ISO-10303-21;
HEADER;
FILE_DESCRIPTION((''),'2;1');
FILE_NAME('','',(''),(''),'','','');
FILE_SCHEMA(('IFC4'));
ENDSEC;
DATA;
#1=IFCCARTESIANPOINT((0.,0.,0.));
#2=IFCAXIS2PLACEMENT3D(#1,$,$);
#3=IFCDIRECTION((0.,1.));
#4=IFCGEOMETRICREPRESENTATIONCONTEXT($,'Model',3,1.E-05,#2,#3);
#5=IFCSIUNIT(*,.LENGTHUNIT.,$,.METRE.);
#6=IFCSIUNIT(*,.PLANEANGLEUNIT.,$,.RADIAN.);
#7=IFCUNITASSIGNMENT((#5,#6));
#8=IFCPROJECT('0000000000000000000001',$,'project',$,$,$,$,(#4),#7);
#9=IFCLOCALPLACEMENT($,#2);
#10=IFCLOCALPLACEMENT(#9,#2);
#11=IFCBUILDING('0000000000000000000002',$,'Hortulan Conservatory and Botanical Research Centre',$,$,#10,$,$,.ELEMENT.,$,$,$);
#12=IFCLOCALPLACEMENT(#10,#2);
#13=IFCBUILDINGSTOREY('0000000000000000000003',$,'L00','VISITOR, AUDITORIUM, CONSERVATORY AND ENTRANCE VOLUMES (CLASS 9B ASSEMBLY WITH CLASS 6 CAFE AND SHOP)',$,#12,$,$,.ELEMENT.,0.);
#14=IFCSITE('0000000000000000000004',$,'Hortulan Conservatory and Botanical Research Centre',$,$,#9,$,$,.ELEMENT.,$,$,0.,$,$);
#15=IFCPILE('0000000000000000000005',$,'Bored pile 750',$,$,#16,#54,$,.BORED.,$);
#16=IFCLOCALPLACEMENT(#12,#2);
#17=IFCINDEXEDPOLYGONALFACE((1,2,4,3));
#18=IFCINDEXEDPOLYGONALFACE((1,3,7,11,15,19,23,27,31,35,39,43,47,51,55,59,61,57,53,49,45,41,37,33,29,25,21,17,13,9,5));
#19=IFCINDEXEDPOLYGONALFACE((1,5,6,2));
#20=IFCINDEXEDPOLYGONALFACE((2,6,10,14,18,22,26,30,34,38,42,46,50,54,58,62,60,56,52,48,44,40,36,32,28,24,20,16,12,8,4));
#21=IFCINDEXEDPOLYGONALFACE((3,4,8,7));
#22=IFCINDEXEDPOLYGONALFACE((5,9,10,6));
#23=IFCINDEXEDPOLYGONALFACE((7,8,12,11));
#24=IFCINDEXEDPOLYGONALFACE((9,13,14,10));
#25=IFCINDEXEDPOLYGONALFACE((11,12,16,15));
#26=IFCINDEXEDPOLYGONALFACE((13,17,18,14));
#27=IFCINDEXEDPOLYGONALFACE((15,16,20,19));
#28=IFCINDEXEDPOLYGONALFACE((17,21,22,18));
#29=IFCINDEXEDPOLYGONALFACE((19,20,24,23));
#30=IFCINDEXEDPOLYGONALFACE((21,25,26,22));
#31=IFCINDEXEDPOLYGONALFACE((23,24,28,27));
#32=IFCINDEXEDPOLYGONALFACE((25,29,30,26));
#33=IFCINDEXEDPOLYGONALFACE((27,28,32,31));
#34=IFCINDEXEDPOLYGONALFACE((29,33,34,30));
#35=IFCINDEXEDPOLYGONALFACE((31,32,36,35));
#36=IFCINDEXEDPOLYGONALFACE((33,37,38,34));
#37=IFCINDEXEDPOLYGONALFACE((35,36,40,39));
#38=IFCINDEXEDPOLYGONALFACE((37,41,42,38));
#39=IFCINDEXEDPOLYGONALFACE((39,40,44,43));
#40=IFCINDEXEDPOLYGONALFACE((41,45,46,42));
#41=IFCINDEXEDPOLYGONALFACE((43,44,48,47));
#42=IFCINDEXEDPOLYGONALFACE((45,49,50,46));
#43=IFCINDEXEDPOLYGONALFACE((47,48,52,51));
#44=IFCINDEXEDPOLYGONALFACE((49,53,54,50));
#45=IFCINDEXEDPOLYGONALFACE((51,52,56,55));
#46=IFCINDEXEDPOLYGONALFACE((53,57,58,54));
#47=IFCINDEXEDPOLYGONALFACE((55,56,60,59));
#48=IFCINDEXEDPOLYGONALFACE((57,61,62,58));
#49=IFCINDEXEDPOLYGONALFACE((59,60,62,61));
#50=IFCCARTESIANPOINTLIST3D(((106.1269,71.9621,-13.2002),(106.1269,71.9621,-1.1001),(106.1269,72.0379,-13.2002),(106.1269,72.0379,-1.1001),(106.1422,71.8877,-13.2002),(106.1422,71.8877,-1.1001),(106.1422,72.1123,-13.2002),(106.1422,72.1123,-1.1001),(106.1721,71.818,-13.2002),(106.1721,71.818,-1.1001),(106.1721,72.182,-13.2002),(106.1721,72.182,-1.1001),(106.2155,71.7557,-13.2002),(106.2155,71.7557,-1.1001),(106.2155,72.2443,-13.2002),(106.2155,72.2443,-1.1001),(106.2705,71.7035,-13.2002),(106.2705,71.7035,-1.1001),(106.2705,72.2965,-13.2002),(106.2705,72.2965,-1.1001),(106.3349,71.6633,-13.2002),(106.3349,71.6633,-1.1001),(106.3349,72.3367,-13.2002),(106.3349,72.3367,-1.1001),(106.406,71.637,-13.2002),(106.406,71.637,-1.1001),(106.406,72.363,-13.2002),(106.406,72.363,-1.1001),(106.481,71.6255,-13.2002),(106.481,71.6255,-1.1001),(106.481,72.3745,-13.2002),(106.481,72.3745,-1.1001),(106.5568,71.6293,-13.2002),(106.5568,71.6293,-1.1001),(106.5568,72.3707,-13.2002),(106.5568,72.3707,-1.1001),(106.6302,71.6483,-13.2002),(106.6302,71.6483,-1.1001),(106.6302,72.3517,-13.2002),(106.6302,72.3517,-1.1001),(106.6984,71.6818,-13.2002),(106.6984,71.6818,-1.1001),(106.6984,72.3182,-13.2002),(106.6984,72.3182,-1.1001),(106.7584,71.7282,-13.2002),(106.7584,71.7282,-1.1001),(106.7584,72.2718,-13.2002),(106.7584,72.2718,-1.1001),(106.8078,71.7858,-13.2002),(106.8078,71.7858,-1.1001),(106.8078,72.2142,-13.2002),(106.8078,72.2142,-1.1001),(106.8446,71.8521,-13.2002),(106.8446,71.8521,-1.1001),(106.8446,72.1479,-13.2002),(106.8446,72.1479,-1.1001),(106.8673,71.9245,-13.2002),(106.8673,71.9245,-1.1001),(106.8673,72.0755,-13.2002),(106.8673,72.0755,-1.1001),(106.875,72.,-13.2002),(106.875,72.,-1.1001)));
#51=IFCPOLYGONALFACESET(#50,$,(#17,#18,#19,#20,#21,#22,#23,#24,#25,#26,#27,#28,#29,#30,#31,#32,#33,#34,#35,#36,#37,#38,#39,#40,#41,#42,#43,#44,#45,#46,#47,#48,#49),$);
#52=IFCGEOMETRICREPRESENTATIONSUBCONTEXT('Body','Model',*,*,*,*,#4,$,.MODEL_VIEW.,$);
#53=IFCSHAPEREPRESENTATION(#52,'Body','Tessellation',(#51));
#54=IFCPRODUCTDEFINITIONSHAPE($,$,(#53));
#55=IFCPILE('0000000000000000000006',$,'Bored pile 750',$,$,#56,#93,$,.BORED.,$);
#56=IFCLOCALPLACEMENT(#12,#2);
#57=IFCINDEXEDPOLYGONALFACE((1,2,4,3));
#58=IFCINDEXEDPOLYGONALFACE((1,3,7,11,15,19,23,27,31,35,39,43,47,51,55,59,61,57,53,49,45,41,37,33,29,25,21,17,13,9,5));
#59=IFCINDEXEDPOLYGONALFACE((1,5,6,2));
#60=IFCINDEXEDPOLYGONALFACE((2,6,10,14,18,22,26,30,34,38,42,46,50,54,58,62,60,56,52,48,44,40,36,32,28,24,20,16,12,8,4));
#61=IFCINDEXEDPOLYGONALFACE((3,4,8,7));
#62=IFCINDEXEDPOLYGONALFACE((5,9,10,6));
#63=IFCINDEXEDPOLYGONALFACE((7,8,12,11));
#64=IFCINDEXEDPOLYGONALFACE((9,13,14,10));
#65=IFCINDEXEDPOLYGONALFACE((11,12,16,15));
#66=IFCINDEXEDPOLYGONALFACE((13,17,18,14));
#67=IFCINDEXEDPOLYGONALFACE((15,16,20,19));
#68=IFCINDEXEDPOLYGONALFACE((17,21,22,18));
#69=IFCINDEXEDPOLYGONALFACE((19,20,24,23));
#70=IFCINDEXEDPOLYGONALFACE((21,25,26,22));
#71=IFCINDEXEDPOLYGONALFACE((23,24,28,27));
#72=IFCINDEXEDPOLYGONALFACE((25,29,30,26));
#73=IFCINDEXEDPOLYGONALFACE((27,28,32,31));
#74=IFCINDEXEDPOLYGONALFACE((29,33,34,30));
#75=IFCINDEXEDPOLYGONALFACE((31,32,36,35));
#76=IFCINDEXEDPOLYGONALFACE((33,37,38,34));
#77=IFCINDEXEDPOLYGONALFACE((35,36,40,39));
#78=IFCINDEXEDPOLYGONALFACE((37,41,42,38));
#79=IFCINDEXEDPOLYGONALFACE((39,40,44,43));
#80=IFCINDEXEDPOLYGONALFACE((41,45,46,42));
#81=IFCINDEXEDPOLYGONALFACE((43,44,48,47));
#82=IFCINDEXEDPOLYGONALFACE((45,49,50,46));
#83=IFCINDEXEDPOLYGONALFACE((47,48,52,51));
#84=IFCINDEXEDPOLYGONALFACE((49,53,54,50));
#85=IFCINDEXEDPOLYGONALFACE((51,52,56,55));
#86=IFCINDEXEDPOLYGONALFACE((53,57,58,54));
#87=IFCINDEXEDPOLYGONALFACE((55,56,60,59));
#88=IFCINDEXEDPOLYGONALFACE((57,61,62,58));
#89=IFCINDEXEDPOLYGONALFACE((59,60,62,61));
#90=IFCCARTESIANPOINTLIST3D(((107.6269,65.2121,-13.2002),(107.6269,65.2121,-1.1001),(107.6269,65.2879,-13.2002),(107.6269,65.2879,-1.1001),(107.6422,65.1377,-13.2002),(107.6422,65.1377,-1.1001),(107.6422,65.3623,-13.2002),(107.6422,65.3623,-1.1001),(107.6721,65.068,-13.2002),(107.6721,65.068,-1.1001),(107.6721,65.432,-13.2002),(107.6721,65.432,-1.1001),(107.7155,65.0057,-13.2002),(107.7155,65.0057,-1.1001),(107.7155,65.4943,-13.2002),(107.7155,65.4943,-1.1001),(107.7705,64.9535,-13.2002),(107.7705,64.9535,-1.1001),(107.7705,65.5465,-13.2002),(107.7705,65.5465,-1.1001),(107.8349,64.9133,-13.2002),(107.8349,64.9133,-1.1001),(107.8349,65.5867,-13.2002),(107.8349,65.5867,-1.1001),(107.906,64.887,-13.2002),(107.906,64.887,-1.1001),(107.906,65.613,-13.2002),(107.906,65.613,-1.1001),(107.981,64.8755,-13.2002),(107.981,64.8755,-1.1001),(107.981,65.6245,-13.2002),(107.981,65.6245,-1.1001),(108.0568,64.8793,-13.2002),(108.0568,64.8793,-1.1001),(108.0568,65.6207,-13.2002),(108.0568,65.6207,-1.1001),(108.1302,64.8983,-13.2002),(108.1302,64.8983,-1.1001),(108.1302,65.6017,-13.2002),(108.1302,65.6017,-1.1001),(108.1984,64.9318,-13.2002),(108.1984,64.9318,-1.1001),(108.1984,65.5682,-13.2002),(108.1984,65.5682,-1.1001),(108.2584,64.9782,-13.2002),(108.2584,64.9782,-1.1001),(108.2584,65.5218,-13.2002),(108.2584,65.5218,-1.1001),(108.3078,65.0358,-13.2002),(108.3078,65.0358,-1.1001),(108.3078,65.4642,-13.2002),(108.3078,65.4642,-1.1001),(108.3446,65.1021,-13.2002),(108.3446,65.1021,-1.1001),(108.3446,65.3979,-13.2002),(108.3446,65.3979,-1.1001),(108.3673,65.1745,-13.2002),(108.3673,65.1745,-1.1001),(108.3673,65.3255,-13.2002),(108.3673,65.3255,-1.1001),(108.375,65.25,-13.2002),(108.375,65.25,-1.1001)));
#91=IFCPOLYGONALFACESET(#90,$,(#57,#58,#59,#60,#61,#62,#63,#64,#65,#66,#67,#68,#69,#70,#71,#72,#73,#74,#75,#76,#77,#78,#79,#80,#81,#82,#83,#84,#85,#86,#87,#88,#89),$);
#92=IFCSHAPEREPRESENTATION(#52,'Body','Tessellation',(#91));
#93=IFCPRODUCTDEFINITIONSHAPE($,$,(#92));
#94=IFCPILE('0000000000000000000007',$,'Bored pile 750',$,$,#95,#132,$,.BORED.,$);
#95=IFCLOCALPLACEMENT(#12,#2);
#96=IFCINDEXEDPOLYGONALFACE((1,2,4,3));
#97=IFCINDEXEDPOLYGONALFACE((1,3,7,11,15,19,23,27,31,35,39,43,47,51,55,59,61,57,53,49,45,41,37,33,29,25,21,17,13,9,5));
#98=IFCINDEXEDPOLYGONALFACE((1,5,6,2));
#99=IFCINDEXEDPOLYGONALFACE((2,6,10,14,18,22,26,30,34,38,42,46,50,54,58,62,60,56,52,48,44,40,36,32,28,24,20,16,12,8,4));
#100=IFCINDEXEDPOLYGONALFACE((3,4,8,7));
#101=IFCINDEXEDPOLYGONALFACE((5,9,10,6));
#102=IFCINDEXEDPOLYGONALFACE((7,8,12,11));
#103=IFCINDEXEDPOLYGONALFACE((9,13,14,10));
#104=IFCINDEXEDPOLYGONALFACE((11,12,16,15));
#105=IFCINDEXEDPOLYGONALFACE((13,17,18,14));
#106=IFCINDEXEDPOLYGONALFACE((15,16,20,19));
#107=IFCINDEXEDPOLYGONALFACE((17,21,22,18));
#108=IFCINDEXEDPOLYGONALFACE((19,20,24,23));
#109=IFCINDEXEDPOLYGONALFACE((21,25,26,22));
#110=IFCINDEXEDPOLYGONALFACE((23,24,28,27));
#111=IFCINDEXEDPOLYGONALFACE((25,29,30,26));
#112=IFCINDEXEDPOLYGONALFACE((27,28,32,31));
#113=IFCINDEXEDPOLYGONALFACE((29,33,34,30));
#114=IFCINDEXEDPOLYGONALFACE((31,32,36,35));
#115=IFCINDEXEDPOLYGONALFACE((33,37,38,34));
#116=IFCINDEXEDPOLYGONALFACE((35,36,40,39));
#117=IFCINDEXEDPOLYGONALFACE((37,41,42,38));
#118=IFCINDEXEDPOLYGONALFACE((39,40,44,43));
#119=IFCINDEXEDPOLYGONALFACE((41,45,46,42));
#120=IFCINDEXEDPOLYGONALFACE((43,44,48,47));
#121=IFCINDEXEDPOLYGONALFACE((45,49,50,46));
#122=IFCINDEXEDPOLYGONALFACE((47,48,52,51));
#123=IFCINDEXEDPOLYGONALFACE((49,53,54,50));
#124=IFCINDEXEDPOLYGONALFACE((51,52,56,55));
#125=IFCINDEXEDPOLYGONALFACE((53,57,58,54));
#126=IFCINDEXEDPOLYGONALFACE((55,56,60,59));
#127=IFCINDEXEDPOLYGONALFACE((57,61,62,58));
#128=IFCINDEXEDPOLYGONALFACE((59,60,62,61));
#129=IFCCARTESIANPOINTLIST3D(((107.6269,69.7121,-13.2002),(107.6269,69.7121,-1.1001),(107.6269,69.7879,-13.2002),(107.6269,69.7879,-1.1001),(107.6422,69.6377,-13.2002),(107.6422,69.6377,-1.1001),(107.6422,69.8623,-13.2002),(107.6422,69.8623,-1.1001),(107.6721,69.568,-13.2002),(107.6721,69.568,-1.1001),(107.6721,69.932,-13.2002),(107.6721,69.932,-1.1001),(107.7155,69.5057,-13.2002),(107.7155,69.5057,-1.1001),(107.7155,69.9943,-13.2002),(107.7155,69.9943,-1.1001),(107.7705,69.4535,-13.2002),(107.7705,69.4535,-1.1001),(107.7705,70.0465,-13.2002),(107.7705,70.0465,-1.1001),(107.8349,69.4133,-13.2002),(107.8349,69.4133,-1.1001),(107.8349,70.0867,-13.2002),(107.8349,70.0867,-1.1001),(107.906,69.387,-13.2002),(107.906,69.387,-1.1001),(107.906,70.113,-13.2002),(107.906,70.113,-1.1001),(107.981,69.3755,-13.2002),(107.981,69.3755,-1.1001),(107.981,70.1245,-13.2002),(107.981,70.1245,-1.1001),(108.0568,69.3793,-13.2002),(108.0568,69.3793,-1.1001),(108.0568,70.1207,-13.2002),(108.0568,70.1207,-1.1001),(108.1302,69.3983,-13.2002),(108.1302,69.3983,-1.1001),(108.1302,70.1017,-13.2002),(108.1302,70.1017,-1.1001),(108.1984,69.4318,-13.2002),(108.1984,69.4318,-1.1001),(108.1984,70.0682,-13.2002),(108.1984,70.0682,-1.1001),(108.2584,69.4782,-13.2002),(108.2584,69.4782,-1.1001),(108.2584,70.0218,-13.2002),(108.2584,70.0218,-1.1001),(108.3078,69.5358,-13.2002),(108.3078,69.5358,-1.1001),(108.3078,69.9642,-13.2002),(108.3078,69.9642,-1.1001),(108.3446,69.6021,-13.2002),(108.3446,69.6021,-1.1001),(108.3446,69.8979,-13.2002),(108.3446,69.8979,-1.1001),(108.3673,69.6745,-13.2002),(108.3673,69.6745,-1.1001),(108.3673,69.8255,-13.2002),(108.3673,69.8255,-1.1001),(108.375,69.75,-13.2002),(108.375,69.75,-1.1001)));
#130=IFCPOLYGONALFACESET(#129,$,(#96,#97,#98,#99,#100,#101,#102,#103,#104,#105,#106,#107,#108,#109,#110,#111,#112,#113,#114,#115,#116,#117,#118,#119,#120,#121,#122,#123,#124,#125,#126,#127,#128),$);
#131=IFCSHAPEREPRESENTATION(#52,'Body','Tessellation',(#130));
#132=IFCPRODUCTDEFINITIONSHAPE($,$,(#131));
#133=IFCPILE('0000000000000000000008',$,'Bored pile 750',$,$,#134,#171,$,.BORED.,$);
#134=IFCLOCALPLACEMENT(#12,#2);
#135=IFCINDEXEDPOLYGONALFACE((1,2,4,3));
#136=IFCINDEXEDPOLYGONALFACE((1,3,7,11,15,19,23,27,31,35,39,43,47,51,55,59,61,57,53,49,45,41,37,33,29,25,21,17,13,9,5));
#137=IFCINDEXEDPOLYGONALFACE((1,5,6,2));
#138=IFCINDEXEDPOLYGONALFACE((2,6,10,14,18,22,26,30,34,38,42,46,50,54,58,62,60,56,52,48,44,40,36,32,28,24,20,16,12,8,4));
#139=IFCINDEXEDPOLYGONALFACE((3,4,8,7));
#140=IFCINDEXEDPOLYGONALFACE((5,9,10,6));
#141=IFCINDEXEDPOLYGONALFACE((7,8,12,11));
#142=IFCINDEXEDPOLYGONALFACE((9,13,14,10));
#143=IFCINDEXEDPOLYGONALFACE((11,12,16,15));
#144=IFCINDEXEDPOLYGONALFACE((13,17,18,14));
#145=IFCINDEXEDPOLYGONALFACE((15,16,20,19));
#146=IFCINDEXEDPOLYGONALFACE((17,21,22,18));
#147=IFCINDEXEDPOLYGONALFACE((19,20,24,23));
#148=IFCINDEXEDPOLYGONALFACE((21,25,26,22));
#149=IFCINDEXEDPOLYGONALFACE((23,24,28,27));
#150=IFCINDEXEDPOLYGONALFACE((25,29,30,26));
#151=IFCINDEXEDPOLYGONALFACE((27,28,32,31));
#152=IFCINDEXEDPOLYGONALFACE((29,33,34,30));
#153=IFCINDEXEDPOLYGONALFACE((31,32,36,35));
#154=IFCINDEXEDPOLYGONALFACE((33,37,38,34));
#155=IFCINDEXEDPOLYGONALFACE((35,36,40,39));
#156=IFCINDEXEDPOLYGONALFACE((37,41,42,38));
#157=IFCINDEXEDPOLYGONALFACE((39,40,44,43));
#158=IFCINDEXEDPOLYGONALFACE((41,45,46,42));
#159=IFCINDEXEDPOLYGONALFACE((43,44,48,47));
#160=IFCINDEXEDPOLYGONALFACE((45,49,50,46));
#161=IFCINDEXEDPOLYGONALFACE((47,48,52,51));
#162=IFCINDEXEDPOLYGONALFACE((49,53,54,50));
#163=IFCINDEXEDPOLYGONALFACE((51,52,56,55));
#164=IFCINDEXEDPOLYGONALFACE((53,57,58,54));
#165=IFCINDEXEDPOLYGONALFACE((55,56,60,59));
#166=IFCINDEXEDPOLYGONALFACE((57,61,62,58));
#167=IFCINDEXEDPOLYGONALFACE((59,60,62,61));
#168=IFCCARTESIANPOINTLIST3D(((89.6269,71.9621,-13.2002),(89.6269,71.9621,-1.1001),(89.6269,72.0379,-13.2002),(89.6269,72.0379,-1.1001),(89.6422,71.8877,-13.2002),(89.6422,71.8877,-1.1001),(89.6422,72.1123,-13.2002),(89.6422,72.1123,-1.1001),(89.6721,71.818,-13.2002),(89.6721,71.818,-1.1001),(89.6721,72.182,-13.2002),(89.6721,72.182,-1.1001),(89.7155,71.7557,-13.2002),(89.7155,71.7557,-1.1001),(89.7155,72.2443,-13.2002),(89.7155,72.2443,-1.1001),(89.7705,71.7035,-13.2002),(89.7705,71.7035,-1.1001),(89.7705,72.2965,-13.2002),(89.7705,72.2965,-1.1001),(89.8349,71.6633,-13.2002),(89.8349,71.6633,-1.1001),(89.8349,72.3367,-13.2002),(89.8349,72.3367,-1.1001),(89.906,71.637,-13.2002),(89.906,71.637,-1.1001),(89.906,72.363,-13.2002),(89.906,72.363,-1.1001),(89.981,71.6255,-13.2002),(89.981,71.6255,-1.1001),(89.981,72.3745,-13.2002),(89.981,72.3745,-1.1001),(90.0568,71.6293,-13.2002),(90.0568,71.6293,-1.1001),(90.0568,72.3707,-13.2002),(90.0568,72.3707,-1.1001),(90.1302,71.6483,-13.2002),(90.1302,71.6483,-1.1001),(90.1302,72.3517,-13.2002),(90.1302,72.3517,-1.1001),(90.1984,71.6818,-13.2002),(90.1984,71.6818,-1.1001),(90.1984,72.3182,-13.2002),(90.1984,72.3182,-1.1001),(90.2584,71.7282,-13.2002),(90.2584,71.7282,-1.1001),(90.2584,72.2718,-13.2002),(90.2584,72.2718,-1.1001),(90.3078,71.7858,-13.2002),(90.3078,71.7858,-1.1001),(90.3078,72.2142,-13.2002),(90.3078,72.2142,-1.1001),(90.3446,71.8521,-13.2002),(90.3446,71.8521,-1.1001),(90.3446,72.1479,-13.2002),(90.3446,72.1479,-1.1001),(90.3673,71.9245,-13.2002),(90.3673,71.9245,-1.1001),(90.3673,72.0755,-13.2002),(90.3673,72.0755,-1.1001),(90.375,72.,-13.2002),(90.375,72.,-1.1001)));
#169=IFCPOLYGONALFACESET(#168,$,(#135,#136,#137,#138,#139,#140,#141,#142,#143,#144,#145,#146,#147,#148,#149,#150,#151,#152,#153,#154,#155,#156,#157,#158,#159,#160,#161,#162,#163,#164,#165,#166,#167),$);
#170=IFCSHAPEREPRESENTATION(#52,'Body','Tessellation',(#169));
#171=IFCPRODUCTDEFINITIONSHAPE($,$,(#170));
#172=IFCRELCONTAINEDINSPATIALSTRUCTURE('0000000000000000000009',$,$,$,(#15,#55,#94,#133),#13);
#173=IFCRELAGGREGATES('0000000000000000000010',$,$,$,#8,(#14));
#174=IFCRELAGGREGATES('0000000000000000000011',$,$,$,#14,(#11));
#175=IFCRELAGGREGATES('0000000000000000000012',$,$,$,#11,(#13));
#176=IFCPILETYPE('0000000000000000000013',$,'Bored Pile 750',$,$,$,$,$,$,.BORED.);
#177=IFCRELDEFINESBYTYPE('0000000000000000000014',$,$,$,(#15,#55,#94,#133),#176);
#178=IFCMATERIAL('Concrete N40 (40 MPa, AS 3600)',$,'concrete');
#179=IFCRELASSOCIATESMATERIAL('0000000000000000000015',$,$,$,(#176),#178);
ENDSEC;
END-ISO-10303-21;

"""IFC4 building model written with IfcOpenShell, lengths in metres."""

from ifc_helpers import new_model, si_unit, direction, frame, origin, origin_2d, place, context, subcontext, project, spatial, circle, extrude, material, material_profile, profile_set, type_object, element, save


model = new_model("IFC4")

# Units and contexts
model_context = context("Model", 3, precision=1e-05, world=origin(), true_north=direction((0.0, 1.0)))
body_context = subcontext(model_context, "Body", "Model", "MODEL_VIEW")
ifc_project = project(units=[si_unit("LENGTHUNIT", "METRE"), si_unit("PLANEANGLEUNIT", "RADIAN")], contexts=[model_context])

# Site, building, storey
site_placement = place(None, origin())
site = spatial("IfcSite", under=ifc_project, at=site_placement, Name="Hortulan Conservatory and Botanical Research Centre", CompositionType="ELEMENT", RefElevation=0.0)
building_placement = place(site_placement, origin())
building = spatial("IfcBuilding", under=site, at=building_placement, Name="Hortulan Conservatory and Botanical Research Centre", CompositionType="ELEMENT")
storey_placement = place(building_placement, origin())
storey = spatial("IfcBuildingStorey", under=building, at=storey_placement, Name="L00", Description="VISITOR, AUDITORIUM, CONSERVATORY AND ENTRANCE VOLUMES (CLASS 9B ASSEMBLY WITH CLASS 6 CAFE AND SHOP)", CompositionType="ELEMENT", Elevation=0.0)

# Piles
ifc_material_1 = material(Name="Concrete N40 (40 MPa, AS 3600)", Category="concrete")
ifc_material_profile_1 = material_profile(ifc_material_1, circle(Radius=0.375, at=origin_2d()), Name="Bored pile 750 diameter")
ifc_profile_set_1 = profile_set([ifc_material_profile_1], Name="Concrete N40 (40 MPa, AS 3600)")
pile_type = type_object("IfcPileType", Name="Bored Pile 750", PredefinedType="BORED", material=ifc_profile_set_1)
for number, where, z_axis, x_axis, name in (
    (1, (106.5, 72.0, -1.1001), (0.0, 0.0, -1.0), (1.0, 0.0, 0.0), "Bored pile 750"),
    (2, (108.0, 65.25, -1.1001), (0.0, 0.0, -1.0), (1.0, 0.0, 0.0), "Bored pile 750"),
    (3, (108.0, 69.75, -1.1001), (0.0, 0.0, -1.0), (1.0, 0.0, 0.0), "Bored pile 750"),
    (4, (90.0, 72.0, -1.1001), (0.0, 0.0, -1.0), (1.0, 0.0, 0.0), "Bored pile 750"),
):
    element("IfcPile", number, at=place(storey_placement, frame(where, z_axis=z_axis, x_axis=x_axis)), inside=storey, type_object=pile_type, Name=name, PredefinedType="BORED", context=body_context, shape_type="SweptSolid", body=[
        extrude(circle(Radius=0.375, at=origin_2d()), origin(), (0.0, 0.0, 1.0), 12.1001),
    ])

save(model, "model.ifc")
